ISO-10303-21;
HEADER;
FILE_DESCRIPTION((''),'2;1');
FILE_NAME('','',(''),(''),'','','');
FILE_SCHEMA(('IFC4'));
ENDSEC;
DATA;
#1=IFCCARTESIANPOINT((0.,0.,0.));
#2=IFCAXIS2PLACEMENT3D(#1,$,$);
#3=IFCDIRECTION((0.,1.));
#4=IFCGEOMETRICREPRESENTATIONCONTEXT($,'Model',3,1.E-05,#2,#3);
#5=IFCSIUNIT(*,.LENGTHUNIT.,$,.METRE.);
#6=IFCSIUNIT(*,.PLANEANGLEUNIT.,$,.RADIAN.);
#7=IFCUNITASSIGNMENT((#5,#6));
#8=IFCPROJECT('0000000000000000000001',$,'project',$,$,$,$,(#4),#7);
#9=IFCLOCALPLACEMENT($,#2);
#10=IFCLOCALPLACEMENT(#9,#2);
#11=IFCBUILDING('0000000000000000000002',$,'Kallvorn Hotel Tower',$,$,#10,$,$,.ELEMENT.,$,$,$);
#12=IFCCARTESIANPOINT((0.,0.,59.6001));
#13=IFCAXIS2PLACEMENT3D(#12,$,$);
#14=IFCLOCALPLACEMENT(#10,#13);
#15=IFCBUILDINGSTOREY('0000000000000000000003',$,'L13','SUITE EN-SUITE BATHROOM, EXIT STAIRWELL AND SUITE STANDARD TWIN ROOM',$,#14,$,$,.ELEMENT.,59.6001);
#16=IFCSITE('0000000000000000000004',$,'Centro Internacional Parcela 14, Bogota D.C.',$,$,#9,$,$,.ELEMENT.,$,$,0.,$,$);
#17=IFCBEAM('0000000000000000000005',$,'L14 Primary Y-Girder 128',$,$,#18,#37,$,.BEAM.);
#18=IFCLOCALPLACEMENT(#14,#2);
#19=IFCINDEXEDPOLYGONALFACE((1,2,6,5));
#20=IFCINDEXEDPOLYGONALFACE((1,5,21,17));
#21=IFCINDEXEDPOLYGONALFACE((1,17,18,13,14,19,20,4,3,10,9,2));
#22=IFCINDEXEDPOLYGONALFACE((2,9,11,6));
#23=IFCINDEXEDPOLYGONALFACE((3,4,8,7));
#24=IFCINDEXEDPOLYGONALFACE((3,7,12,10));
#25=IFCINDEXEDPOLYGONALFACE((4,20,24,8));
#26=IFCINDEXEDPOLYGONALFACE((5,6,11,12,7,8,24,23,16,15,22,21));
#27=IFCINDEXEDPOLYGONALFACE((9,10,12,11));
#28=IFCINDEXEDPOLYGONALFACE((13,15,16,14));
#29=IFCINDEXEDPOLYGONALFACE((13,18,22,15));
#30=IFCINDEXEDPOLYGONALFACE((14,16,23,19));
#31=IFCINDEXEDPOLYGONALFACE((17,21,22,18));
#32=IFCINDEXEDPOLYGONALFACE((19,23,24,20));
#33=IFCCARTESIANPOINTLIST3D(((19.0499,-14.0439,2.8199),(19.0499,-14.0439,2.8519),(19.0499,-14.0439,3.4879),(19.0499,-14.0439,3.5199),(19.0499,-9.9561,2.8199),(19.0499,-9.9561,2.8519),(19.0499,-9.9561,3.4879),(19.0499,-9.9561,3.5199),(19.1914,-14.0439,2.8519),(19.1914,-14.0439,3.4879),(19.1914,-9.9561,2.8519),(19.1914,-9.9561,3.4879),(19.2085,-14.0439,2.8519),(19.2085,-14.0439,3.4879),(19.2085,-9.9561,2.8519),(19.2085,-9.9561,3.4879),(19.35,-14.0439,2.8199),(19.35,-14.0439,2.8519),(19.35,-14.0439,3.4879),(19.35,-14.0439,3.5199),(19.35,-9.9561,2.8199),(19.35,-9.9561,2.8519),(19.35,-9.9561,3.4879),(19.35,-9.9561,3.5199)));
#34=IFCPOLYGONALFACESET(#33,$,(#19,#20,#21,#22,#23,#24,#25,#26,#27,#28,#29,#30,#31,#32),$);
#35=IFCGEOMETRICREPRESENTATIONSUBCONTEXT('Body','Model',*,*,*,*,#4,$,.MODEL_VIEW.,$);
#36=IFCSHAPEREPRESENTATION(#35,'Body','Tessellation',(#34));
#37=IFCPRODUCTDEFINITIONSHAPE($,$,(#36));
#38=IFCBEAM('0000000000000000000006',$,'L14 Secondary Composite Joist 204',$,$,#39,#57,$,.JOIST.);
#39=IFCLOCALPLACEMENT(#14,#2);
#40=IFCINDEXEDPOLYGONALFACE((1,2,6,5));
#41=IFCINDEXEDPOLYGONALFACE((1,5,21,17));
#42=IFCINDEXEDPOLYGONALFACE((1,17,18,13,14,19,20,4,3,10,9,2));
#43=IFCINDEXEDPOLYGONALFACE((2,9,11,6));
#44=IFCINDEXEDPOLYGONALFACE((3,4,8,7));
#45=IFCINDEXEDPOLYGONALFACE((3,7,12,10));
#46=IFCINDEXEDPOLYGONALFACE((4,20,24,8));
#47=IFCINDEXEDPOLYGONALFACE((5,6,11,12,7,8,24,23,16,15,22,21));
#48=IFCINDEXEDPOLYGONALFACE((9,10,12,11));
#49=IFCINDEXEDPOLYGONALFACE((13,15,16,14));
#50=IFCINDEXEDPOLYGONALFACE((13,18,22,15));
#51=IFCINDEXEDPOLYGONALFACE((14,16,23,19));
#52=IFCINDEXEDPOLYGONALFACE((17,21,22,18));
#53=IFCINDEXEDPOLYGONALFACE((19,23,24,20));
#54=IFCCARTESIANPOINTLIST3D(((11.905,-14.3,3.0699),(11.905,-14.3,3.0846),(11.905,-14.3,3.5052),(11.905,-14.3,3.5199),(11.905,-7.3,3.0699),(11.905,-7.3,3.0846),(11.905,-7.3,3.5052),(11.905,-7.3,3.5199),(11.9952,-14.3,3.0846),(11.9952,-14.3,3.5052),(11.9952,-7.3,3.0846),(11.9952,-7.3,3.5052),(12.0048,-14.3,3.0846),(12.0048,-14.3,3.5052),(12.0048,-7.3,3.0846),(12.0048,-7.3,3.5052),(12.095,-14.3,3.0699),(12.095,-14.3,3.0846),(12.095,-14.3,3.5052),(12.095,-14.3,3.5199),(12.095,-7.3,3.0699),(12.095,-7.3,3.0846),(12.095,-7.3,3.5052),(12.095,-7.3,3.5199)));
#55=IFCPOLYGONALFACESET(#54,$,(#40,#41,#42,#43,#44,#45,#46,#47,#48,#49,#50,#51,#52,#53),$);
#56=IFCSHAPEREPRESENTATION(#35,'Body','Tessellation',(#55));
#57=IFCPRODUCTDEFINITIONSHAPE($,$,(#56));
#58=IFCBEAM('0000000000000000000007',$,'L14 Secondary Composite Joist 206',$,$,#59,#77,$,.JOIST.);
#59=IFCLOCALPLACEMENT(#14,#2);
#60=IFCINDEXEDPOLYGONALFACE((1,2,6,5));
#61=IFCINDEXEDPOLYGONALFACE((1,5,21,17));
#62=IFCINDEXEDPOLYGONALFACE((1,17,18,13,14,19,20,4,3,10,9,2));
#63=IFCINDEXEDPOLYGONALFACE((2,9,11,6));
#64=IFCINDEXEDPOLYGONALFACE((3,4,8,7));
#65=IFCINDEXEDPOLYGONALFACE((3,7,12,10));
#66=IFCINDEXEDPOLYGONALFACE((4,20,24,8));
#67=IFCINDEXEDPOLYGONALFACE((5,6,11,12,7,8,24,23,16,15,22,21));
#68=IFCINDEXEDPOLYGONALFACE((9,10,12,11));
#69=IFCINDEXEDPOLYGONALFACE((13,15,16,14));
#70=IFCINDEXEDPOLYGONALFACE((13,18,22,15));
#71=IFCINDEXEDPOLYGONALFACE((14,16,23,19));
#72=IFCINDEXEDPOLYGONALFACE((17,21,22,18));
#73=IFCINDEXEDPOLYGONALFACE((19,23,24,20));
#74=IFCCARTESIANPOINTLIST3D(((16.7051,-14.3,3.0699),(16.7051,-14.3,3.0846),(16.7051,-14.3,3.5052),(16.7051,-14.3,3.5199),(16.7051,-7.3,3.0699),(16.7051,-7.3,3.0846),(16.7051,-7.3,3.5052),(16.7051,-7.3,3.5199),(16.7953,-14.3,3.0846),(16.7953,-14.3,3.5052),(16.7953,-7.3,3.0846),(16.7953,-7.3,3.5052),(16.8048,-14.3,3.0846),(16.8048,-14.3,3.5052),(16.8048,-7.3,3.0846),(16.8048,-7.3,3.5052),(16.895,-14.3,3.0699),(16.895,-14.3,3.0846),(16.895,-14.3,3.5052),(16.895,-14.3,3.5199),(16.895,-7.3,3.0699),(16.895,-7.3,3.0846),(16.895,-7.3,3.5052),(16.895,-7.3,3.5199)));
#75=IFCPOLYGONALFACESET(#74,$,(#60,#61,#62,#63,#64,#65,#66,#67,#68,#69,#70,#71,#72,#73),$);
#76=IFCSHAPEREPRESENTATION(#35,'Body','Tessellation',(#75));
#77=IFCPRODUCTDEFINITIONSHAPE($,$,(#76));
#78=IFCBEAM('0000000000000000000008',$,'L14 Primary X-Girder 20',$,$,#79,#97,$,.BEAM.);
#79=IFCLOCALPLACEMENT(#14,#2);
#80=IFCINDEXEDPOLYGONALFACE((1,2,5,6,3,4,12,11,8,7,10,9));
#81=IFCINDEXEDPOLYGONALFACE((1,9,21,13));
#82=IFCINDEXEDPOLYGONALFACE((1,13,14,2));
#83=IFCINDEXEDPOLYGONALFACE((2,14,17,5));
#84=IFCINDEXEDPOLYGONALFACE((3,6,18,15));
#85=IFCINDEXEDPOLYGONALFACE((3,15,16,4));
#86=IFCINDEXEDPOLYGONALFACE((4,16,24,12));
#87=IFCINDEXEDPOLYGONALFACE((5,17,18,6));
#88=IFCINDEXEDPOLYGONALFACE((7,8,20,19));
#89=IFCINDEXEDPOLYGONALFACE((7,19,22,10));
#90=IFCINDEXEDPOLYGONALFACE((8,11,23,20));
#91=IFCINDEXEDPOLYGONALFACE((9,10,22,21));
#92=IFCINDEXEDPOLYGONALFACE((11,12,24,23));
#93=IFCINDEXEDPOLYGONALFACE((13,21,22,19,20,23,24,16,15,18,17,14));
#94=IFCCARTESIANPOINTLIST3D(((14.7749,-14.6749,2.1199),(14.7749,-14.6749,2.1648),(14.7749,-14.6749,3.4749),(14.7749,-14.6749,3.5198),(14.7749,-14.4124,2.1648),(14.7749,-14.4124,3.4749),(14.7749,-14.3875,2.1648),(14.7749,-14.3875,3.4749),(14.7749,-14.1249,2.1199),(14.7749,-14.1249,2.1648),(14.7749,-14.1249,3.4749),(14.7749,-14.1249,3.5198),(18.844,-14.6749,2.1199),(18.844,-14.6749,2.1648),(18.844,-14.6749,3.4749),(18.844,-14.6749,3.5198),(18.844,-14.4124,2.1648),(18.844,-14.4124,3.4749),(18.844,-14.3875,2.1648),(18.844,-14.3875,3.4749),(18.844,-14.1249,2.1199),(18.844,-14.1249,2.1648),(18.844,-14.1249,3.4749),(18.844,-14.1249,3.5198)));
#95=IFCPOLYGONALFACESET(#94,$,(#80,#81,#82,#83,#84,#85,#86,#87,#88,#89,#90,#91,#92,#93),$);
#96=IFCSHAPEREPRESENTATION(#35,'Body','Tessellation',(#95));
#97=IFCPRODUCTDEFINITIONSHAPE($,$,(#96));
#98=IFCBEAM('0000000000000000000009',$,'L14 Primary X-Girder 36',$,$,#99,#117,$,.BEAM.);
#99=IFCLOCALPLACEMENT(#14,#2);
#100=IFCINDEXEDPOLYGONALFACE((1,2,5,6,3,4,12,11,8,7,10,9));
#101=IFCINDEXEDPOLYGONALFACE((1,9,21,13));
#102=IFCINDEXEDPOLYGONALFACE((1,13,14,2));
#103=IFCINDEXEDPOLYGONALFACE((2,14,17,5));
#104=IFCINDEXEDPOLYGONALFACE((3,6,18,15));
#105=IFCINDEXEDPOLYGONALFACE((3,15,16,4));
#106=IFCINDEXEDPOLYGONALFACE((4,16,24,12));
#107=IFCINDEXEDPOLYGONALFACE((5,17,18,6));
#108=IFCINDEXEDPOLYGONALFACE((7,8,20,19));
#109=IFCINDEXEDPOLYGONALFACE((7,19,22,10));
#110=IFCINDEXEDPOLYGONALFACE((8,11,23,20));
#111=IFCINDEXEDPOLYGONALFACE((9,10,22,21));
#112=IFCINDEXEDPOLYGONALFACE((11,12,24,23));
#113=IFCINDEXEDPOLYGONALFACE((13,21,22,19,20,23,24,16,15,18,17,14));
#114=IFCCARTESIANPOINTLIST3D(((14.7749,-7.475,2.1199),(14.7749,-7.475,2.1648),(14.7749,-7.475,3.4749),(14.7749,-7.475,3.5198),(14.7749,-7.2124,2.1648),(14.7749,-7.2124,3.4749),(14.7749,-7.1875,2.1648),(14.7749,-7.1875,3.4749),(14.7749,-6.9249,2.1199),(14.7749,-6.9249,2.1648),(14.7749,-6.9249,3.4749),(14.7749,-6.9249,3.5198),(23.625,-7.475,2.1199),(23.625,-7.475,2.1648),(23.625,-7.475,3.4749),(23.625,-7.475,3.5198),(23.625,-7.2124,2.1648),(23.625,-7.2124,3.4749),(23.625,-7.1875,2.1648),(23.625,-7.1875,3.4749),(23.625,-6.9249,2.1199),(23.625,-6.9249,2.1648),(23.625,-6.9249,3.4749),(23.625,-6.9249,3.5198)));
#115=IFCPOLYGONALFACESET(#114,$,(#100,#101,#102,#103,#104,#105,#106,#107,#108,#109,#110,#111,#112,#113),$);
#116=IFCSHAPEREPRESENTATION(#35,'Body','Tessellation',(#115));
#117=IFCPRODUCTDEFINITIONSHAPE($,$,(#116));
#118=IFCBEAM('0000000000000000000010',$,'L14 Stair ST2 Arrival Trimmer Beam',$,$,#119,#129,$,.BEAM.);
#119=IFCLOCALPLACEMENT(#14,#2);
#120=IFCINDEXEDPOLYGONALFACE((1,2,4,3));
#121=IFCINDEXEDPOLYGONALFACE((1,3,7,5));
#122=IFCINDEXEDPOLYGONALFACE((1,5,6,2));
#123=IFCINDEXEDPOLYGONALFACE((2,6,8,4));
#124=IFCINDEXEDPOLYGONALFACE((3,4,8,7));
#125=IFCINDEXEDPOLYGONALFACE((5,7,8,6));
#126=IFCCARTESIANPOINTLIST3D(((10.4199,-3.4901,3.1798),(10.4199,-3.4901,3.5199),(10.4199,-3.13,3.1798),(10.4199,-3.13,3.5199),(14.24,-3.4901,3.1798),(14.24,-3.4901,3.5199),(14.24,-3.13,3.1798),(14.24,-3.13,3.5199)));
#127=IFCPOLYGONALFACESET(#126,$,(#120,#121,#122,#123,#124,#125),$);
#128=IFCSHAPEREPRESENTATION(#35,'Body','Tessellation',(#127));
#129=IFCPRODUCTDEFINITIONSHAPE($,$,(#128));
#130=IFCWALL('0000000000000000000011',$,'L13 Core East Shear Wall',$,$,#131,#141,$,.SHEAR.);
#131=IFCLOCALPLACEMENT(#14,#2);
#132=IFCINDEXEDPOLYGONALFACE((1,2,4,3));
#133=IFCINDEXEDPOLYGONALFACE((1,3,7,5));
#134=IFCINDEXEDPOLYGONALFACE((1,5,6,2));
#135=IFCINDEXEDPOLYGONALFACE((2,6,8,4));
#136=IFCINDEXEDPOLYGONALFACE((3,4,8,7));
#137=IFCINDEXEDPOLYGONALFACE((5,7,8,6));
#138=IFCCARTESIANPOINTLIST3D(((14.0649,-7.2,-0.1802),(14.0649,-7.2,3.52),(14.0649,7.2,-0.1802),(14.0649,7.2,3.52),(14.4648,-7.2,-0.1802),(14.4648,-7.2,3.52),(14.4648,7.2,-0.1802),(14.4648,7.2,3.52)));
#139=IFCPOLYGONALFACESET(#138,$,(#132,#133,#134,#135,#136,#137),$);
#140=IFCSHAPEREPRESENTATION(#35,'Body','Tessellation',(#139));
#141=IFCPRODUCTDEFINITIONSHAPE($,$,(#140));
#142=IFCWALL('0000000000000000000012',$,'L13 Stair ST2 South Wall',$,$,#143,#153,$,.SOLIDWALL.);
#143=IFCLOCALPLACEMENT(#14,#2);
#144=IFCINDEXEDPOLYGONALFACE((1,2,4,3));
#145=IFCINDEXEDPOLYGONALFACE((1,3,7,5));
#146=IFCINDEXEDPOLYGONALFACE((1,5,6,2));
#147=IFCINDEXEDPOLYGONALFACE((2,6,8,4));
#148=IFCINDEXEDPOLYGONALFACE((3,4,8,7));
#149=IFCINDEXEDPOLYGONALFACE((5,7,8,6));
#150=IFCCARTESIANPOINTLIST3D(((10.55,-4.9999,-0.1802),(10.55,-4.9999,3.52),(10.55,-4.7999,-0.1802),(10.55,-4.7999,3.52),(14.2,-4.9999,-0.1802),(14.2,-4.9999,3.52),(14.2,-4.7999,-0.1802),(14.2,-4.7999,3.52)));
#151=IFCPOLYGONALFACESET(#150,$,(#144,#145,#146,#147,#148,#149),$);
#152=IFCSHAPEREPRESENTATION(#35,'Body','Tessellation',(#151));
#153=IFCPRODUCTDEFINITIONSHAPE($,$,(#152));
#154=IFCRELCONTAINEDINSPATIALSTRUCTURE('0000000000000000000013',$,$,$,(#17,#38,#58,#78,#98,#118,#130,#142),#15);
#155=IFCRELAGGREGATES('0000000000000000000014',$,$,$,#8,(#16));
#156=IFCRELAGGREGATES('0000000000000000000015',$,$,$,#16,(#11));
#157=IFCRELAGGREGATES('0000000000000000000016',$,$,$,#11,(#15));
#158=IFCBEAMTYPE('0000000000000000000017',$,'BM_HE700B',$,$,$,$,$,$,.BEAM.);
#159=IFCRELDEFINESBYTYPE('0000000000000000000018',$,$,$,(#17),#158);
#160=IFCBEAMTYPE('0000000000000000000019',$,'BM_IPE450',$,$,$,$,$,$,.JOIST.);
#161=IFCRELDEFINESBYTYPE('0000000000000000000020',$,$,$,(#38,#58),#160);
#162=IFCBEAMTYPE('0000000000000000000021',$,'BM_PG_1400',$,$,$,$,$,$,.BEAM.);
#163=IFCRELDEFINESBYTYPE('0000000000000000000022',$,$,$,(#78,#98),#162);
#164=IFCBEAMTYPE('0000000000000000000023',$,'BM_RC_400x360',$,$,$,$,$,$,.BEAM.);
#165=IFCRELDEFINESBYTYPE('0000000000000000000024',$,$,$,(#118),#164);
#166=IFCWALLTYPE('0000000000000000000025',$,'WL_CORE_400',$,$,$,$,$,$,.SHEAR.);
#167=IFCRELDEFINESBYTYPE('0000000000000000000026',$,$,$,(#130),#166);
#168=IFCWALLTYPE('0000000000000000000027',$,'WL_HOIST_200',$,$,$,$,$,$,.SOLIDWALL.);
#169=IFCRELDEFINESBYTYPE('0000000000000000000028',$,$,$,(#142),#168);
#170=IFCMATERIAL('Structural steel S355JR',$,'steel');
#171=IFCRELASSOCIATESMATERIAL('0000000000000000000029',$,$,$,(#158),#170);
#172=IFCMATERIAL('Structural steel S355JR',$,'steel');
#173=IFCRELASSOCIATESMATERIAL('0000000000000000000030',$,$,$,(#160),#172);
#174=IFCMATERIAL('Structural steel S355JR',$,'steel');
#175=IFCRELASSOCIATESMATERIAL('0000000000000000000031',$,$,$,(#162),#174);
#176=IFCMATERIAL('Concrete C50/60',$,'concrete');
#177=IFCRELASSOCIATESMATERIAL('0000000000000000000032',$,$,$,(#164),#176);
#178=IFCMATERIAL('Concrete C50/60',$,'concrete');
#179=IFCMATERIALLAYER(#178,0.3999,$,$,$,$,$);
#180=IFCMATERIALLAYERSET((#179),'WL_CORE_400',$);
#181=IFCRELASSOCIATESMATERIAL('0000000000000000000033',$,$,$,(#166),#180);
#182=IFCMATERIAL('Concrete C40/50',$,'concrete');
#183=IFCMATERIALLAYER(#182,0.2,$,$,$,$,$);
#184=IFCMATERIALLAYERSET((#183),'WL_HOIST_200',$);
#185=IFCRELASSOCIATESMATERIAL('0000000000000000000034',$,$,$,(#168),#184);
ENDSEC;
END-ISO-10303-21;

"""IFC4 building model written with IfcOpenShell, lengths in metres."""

from ifc_helpers import new_model, si_unit, direction, frame, frame_2d, origin, origin_2d, place, context, subcontext, project, spatial, rectangle, i_section, extrude, material, layer, layer_set, material_profile, profile_set, type_object, element, save


model = new_model("IFC4")

# Units and contexts
model_context = context("Model", 3, precision=1e-05, world=origin(), true_north=direction((0.0, 1.0)))
body_context = subcontext(model_context, "Body", "Model", "MODEL_VIEW")
ifc_project = project(units=[si_unit("LENGTHUNIT", "METRE"), si_unit("PLANEANGLEUNIT", "RADIAN")], contexts=[model_context])

# Site, building, storey
site_placement = place(None, origin())
site = spatial("IfcSite", under=ifc_project, at=site_placement, Name="Centro Internacional Parcela 14, Bogota D.C.", CompositionType="ELEMENT", RefElevation=0.0)
building_placement = place(site_placement, origin())
building = spatial("IfcBuilding", under=site, at=building_placement, Name="Kallvorn Hotel Tower", CompositionType="ELEMENT")
storey_placement = place(building_placement, frame((0.0, 0.0, 59.6001)))
storey = spatial("IfcBuildingStorey", under=building, at=storey_placement, Name="L13", Description="SUITE EN-SUITE BATHROOM, EXIT STAIRWELL AND SUITE STANDARD TWIN ROOM", CompositionType="ELEMENT", Elevation=59.6001)

# Beams
ifc_material_1 = material(Name="Structural steel S355JR", Category="steel")
ifc_material_profile_1 = material_profile(ifc_material_1, i_section(OverallWidth=0.3, OverallDepth=0.7, WebThickness=0.0171, FlangeThickness=0.032, at=origin_2d()), Name="HE 700 B")
ifc_profile_set_1 = profile_set([ifc_material_profile_1], Name="Structural steel S355JR")
beam_type_1 = type_object("IfcBeamType", Name="BM_HE700B", PredefinedType="BEAM", material=ifc_profile_set_1)
beam_1_placement = place(storey_placement, frame((19.2, -14.0439, 3.1699), z_axis=(0.0, 1.0, 0.0), x_axis=(-1.0, 0.0, 0.0)))
element("IfcBeam", 1, at=beam_1_placement, inside=storey, type_object=beam_type_1, Name="L14 Primary Y-Girder 128", PredefinedType="BEAM", context=body_context, shape_type="SweptSolid", body=[
    extrude(i_section(OverallWidth=0.3, OverallDepth=0.7, WebThickness=0.0171, FlangeThickness=0.032, at=origin_2d()), origin(), (0.0, 0.0, 1.0), 4.0879),
])
ifc_material_2 = material(Name="Structural steel S355JR", Category="steel")
ifc_material_profile_2 = material_profile(ifc_material_2, i_section(OverallWidth=0.1899, OverallDepth=0.45, WebThickness=0.0095, FlangeThickness=0.0146, at=origin_2d()), Name="IPE 450")
ifc_profile_set_2 = profile_set([ifc_material_profile_2], Name="Structural steel S355JR")
beam_type_2 = type_object("IfcBeamType", Name="BM_IPE450", PredefinedType="JOIST", material=ifc_profile_set_2)
for number, where, z_axis, x_axis, name in (
    (2, (12.0, -14.3, 3.2949), (0.0, 1.0, 0.0), (-1.0, 0.0, 0.0), "L14 Secondary Composite Joist 204"),
    (3, (16.8, -14.3, 3.2949), (0.0, 1.0, 0.0), (-1.0, 0.0, 0.0), "L14 Secondary Composite Joist 206"),
):
    element("IfcBeam", number, at=place(storey_placement, frame(where, z_axis=z_axis, x_axis=x_axis)), inside=storey, type_object=beam_type_2, Name=name, PredefinedType="JOIST", context=body_context, shape_type="SweptSolid", body=[
        extrude(i_section(OverallWidth=0.1899, OverallDepth=0.45, WebThickness=0.0095, FlangeThickness=0.0146, at=origin_2d()), origin(), (0.0, 0.0, 1.0), 7.0),
    ])
ifc_material_3 = material(Name="Structural steel S355JR", Category="steel")
ifc_material_profile_3 = material_profile(ifc_material_3, i_section(OverallWidth=0.55, OverallDepth=1.3999, WebThickness=0.0249, FlangeThickness=0.0449, at=origin_2d()), Name="PG 1400x550x25x45")
ifc_profile_set_3 = profile_set([ifc_material_profile_3], Name="Structural steel S355JR")
beam_type_3 = type_object("IfcBeamType", Name="BM_PG_1400", PredefinedType="BEAM", material=ifc_profile_set_3)
beam_2_placement = place(storey_placement, frame((14.7749, -14.3999, 2.8198), z_axis=(1.0, 0.0, 0.0), x_axis=(0.0, 1.0, 0.0)))
element("IfcBeam", 4, at=beam_2_placement, inside=storey, type_object=beam_type_3, Name="L14 Primary X-Girder 20", PredefinedType="BEAM", context=body_context, shape_type="SweptSolid", body=[
    extrude(i_section(OverallWidth=0.55, OverallDepth=1.3999, WebThickness=0.0249, FlangeThickness=0.0449, at=origin_2d()), origin(), (0.0, 0.0, 1.0), 4.0691),
])
beam_3_placement = place(storey_placement, frame((14.7749, -7.2, 2.8198), z_axis=(1.0, 0.0, 0.0), x_axis=(0.0, 1.0, 0.0)))
element("IfcBeam", 5, at=beam_3_placement, inside=storey, type_object=beam_type_3, Name="L14 Primary X-Girder 36", PredefinedType="BEAM", context=body_context, shape_type="SweptSolid", body=[
    extrude(i_section(OverallWidth=0.55, OverallDepth=1.3999, WebThickness=0.0249, FlangeThickness=0.0449, at=origin_2d()), origin(), (0.0, 0.0, 1.0), 8.8501),
])
ifc_material_4 = material(Name="Concrete C50/60", Category="concrete")
ifc_material_profile_4 = material_profile(ifc_material_4, rectangle(XDim=0.3601, YDim=0.3401, at=origin_2d()), Name="RC 360x340")
ifc_profile_set_4 = profile_set([ifc_material_profile_4], Name="Concrete C50/60")
beam_type_4 = type_object("IfcBeamType", Name="BM_RC_400x360", PredefinedType="BEAM", material=ifc_profile_set_4)
beam_4_placement = place(storey_placement, frame((14.24, -3.3101, 3.3499), z_axis=(-1.0, 0.0, 0.0), x_axis=(0.0, -1.0, 0.0)))
element("IfcBeam", 6, at=beam_4_placement, inside=storey, type_object=beam_type_4, Name="L14 Stair ST2 Arrival Trimmer Beam", PredefinedType="BEAM", context=body_context, shape_type="SweptSolid", body=[
    extrude(rectangle(XDim=0.3601, YDim=0.3401, at=origin_2d()), origin(), (0.0, 0.0, 1.0), 3.8201),
])

# Walls
ifc_material_5 = material(Name="Concrete C50/60", Category="concrete")
ifc_layer_1 = layer(ifc_material_5, 0.3999)
ifc_layer_set_1 = layer_set([ifc_layer_1], Name="WL_CORE_400")
wall_type_1 = type_object("IfcWallType", Name="WL_CORE_400", PredefinedType="SHEAR", material=ifc_layer_set_1)
wall_1_placement = place(storey_placement, frame((14.2649, -7.2, -0.1802), z_axis=(0.0, 0.0, 1.0), x_axis=(0.0, 1.0, 0.0)))
element("IfcWall", 7, at=wall_1_placement, inside=storey, type_object=wall_type_1, Name="L13 Core East Shear Wall", PredefinedType="SHEAR", context=body_context, shape_type="SweptSolid", body=[
    extrude(rectangle(XDim=14.3999, YDim=0.3999, at=frame_2d((7.2, 0.0))), origin(), (0.0, 0.0, 1.0), 3.7002),
])
ifc_material_6 = material(Name="Concrete C40/50", Category="concrete")
ifc_layer_2 = layer(ifc_material_6, 0.2)
ifc_layer_set_2 = layer_set([ifc_layer_2], Name="WL_HOIST_200")
wall_type_2 = type_object("IfcWallType", Name="WL_HOIST_200", PredefinedType="SOLIDWALL", material=ifc_layer_set_2)
wall_2_placement = place(storey_placement, frame((10.55, -4.8999, -0.1802), z_axis=(0.0, 0.0, 1.0), x_axis=(1.0, 0.0, 0.0)))
element("IfcWall", 8, at=wall_2_placement, inside=storey, type_object=wall_type_2, Name="L13 Stair ST2 South Wall", PredefinedType="SOLIDWALL", context=body_context, shape_type="SweptSolid", body=[
    extrude(rectangle(XDim=3.6499, YDim=0.2, at=frame_2d((1.825, 0.0))), origin(), (0.0, 0.0, 1.0), 3.7002),
])

save(model, "model.ifc")
